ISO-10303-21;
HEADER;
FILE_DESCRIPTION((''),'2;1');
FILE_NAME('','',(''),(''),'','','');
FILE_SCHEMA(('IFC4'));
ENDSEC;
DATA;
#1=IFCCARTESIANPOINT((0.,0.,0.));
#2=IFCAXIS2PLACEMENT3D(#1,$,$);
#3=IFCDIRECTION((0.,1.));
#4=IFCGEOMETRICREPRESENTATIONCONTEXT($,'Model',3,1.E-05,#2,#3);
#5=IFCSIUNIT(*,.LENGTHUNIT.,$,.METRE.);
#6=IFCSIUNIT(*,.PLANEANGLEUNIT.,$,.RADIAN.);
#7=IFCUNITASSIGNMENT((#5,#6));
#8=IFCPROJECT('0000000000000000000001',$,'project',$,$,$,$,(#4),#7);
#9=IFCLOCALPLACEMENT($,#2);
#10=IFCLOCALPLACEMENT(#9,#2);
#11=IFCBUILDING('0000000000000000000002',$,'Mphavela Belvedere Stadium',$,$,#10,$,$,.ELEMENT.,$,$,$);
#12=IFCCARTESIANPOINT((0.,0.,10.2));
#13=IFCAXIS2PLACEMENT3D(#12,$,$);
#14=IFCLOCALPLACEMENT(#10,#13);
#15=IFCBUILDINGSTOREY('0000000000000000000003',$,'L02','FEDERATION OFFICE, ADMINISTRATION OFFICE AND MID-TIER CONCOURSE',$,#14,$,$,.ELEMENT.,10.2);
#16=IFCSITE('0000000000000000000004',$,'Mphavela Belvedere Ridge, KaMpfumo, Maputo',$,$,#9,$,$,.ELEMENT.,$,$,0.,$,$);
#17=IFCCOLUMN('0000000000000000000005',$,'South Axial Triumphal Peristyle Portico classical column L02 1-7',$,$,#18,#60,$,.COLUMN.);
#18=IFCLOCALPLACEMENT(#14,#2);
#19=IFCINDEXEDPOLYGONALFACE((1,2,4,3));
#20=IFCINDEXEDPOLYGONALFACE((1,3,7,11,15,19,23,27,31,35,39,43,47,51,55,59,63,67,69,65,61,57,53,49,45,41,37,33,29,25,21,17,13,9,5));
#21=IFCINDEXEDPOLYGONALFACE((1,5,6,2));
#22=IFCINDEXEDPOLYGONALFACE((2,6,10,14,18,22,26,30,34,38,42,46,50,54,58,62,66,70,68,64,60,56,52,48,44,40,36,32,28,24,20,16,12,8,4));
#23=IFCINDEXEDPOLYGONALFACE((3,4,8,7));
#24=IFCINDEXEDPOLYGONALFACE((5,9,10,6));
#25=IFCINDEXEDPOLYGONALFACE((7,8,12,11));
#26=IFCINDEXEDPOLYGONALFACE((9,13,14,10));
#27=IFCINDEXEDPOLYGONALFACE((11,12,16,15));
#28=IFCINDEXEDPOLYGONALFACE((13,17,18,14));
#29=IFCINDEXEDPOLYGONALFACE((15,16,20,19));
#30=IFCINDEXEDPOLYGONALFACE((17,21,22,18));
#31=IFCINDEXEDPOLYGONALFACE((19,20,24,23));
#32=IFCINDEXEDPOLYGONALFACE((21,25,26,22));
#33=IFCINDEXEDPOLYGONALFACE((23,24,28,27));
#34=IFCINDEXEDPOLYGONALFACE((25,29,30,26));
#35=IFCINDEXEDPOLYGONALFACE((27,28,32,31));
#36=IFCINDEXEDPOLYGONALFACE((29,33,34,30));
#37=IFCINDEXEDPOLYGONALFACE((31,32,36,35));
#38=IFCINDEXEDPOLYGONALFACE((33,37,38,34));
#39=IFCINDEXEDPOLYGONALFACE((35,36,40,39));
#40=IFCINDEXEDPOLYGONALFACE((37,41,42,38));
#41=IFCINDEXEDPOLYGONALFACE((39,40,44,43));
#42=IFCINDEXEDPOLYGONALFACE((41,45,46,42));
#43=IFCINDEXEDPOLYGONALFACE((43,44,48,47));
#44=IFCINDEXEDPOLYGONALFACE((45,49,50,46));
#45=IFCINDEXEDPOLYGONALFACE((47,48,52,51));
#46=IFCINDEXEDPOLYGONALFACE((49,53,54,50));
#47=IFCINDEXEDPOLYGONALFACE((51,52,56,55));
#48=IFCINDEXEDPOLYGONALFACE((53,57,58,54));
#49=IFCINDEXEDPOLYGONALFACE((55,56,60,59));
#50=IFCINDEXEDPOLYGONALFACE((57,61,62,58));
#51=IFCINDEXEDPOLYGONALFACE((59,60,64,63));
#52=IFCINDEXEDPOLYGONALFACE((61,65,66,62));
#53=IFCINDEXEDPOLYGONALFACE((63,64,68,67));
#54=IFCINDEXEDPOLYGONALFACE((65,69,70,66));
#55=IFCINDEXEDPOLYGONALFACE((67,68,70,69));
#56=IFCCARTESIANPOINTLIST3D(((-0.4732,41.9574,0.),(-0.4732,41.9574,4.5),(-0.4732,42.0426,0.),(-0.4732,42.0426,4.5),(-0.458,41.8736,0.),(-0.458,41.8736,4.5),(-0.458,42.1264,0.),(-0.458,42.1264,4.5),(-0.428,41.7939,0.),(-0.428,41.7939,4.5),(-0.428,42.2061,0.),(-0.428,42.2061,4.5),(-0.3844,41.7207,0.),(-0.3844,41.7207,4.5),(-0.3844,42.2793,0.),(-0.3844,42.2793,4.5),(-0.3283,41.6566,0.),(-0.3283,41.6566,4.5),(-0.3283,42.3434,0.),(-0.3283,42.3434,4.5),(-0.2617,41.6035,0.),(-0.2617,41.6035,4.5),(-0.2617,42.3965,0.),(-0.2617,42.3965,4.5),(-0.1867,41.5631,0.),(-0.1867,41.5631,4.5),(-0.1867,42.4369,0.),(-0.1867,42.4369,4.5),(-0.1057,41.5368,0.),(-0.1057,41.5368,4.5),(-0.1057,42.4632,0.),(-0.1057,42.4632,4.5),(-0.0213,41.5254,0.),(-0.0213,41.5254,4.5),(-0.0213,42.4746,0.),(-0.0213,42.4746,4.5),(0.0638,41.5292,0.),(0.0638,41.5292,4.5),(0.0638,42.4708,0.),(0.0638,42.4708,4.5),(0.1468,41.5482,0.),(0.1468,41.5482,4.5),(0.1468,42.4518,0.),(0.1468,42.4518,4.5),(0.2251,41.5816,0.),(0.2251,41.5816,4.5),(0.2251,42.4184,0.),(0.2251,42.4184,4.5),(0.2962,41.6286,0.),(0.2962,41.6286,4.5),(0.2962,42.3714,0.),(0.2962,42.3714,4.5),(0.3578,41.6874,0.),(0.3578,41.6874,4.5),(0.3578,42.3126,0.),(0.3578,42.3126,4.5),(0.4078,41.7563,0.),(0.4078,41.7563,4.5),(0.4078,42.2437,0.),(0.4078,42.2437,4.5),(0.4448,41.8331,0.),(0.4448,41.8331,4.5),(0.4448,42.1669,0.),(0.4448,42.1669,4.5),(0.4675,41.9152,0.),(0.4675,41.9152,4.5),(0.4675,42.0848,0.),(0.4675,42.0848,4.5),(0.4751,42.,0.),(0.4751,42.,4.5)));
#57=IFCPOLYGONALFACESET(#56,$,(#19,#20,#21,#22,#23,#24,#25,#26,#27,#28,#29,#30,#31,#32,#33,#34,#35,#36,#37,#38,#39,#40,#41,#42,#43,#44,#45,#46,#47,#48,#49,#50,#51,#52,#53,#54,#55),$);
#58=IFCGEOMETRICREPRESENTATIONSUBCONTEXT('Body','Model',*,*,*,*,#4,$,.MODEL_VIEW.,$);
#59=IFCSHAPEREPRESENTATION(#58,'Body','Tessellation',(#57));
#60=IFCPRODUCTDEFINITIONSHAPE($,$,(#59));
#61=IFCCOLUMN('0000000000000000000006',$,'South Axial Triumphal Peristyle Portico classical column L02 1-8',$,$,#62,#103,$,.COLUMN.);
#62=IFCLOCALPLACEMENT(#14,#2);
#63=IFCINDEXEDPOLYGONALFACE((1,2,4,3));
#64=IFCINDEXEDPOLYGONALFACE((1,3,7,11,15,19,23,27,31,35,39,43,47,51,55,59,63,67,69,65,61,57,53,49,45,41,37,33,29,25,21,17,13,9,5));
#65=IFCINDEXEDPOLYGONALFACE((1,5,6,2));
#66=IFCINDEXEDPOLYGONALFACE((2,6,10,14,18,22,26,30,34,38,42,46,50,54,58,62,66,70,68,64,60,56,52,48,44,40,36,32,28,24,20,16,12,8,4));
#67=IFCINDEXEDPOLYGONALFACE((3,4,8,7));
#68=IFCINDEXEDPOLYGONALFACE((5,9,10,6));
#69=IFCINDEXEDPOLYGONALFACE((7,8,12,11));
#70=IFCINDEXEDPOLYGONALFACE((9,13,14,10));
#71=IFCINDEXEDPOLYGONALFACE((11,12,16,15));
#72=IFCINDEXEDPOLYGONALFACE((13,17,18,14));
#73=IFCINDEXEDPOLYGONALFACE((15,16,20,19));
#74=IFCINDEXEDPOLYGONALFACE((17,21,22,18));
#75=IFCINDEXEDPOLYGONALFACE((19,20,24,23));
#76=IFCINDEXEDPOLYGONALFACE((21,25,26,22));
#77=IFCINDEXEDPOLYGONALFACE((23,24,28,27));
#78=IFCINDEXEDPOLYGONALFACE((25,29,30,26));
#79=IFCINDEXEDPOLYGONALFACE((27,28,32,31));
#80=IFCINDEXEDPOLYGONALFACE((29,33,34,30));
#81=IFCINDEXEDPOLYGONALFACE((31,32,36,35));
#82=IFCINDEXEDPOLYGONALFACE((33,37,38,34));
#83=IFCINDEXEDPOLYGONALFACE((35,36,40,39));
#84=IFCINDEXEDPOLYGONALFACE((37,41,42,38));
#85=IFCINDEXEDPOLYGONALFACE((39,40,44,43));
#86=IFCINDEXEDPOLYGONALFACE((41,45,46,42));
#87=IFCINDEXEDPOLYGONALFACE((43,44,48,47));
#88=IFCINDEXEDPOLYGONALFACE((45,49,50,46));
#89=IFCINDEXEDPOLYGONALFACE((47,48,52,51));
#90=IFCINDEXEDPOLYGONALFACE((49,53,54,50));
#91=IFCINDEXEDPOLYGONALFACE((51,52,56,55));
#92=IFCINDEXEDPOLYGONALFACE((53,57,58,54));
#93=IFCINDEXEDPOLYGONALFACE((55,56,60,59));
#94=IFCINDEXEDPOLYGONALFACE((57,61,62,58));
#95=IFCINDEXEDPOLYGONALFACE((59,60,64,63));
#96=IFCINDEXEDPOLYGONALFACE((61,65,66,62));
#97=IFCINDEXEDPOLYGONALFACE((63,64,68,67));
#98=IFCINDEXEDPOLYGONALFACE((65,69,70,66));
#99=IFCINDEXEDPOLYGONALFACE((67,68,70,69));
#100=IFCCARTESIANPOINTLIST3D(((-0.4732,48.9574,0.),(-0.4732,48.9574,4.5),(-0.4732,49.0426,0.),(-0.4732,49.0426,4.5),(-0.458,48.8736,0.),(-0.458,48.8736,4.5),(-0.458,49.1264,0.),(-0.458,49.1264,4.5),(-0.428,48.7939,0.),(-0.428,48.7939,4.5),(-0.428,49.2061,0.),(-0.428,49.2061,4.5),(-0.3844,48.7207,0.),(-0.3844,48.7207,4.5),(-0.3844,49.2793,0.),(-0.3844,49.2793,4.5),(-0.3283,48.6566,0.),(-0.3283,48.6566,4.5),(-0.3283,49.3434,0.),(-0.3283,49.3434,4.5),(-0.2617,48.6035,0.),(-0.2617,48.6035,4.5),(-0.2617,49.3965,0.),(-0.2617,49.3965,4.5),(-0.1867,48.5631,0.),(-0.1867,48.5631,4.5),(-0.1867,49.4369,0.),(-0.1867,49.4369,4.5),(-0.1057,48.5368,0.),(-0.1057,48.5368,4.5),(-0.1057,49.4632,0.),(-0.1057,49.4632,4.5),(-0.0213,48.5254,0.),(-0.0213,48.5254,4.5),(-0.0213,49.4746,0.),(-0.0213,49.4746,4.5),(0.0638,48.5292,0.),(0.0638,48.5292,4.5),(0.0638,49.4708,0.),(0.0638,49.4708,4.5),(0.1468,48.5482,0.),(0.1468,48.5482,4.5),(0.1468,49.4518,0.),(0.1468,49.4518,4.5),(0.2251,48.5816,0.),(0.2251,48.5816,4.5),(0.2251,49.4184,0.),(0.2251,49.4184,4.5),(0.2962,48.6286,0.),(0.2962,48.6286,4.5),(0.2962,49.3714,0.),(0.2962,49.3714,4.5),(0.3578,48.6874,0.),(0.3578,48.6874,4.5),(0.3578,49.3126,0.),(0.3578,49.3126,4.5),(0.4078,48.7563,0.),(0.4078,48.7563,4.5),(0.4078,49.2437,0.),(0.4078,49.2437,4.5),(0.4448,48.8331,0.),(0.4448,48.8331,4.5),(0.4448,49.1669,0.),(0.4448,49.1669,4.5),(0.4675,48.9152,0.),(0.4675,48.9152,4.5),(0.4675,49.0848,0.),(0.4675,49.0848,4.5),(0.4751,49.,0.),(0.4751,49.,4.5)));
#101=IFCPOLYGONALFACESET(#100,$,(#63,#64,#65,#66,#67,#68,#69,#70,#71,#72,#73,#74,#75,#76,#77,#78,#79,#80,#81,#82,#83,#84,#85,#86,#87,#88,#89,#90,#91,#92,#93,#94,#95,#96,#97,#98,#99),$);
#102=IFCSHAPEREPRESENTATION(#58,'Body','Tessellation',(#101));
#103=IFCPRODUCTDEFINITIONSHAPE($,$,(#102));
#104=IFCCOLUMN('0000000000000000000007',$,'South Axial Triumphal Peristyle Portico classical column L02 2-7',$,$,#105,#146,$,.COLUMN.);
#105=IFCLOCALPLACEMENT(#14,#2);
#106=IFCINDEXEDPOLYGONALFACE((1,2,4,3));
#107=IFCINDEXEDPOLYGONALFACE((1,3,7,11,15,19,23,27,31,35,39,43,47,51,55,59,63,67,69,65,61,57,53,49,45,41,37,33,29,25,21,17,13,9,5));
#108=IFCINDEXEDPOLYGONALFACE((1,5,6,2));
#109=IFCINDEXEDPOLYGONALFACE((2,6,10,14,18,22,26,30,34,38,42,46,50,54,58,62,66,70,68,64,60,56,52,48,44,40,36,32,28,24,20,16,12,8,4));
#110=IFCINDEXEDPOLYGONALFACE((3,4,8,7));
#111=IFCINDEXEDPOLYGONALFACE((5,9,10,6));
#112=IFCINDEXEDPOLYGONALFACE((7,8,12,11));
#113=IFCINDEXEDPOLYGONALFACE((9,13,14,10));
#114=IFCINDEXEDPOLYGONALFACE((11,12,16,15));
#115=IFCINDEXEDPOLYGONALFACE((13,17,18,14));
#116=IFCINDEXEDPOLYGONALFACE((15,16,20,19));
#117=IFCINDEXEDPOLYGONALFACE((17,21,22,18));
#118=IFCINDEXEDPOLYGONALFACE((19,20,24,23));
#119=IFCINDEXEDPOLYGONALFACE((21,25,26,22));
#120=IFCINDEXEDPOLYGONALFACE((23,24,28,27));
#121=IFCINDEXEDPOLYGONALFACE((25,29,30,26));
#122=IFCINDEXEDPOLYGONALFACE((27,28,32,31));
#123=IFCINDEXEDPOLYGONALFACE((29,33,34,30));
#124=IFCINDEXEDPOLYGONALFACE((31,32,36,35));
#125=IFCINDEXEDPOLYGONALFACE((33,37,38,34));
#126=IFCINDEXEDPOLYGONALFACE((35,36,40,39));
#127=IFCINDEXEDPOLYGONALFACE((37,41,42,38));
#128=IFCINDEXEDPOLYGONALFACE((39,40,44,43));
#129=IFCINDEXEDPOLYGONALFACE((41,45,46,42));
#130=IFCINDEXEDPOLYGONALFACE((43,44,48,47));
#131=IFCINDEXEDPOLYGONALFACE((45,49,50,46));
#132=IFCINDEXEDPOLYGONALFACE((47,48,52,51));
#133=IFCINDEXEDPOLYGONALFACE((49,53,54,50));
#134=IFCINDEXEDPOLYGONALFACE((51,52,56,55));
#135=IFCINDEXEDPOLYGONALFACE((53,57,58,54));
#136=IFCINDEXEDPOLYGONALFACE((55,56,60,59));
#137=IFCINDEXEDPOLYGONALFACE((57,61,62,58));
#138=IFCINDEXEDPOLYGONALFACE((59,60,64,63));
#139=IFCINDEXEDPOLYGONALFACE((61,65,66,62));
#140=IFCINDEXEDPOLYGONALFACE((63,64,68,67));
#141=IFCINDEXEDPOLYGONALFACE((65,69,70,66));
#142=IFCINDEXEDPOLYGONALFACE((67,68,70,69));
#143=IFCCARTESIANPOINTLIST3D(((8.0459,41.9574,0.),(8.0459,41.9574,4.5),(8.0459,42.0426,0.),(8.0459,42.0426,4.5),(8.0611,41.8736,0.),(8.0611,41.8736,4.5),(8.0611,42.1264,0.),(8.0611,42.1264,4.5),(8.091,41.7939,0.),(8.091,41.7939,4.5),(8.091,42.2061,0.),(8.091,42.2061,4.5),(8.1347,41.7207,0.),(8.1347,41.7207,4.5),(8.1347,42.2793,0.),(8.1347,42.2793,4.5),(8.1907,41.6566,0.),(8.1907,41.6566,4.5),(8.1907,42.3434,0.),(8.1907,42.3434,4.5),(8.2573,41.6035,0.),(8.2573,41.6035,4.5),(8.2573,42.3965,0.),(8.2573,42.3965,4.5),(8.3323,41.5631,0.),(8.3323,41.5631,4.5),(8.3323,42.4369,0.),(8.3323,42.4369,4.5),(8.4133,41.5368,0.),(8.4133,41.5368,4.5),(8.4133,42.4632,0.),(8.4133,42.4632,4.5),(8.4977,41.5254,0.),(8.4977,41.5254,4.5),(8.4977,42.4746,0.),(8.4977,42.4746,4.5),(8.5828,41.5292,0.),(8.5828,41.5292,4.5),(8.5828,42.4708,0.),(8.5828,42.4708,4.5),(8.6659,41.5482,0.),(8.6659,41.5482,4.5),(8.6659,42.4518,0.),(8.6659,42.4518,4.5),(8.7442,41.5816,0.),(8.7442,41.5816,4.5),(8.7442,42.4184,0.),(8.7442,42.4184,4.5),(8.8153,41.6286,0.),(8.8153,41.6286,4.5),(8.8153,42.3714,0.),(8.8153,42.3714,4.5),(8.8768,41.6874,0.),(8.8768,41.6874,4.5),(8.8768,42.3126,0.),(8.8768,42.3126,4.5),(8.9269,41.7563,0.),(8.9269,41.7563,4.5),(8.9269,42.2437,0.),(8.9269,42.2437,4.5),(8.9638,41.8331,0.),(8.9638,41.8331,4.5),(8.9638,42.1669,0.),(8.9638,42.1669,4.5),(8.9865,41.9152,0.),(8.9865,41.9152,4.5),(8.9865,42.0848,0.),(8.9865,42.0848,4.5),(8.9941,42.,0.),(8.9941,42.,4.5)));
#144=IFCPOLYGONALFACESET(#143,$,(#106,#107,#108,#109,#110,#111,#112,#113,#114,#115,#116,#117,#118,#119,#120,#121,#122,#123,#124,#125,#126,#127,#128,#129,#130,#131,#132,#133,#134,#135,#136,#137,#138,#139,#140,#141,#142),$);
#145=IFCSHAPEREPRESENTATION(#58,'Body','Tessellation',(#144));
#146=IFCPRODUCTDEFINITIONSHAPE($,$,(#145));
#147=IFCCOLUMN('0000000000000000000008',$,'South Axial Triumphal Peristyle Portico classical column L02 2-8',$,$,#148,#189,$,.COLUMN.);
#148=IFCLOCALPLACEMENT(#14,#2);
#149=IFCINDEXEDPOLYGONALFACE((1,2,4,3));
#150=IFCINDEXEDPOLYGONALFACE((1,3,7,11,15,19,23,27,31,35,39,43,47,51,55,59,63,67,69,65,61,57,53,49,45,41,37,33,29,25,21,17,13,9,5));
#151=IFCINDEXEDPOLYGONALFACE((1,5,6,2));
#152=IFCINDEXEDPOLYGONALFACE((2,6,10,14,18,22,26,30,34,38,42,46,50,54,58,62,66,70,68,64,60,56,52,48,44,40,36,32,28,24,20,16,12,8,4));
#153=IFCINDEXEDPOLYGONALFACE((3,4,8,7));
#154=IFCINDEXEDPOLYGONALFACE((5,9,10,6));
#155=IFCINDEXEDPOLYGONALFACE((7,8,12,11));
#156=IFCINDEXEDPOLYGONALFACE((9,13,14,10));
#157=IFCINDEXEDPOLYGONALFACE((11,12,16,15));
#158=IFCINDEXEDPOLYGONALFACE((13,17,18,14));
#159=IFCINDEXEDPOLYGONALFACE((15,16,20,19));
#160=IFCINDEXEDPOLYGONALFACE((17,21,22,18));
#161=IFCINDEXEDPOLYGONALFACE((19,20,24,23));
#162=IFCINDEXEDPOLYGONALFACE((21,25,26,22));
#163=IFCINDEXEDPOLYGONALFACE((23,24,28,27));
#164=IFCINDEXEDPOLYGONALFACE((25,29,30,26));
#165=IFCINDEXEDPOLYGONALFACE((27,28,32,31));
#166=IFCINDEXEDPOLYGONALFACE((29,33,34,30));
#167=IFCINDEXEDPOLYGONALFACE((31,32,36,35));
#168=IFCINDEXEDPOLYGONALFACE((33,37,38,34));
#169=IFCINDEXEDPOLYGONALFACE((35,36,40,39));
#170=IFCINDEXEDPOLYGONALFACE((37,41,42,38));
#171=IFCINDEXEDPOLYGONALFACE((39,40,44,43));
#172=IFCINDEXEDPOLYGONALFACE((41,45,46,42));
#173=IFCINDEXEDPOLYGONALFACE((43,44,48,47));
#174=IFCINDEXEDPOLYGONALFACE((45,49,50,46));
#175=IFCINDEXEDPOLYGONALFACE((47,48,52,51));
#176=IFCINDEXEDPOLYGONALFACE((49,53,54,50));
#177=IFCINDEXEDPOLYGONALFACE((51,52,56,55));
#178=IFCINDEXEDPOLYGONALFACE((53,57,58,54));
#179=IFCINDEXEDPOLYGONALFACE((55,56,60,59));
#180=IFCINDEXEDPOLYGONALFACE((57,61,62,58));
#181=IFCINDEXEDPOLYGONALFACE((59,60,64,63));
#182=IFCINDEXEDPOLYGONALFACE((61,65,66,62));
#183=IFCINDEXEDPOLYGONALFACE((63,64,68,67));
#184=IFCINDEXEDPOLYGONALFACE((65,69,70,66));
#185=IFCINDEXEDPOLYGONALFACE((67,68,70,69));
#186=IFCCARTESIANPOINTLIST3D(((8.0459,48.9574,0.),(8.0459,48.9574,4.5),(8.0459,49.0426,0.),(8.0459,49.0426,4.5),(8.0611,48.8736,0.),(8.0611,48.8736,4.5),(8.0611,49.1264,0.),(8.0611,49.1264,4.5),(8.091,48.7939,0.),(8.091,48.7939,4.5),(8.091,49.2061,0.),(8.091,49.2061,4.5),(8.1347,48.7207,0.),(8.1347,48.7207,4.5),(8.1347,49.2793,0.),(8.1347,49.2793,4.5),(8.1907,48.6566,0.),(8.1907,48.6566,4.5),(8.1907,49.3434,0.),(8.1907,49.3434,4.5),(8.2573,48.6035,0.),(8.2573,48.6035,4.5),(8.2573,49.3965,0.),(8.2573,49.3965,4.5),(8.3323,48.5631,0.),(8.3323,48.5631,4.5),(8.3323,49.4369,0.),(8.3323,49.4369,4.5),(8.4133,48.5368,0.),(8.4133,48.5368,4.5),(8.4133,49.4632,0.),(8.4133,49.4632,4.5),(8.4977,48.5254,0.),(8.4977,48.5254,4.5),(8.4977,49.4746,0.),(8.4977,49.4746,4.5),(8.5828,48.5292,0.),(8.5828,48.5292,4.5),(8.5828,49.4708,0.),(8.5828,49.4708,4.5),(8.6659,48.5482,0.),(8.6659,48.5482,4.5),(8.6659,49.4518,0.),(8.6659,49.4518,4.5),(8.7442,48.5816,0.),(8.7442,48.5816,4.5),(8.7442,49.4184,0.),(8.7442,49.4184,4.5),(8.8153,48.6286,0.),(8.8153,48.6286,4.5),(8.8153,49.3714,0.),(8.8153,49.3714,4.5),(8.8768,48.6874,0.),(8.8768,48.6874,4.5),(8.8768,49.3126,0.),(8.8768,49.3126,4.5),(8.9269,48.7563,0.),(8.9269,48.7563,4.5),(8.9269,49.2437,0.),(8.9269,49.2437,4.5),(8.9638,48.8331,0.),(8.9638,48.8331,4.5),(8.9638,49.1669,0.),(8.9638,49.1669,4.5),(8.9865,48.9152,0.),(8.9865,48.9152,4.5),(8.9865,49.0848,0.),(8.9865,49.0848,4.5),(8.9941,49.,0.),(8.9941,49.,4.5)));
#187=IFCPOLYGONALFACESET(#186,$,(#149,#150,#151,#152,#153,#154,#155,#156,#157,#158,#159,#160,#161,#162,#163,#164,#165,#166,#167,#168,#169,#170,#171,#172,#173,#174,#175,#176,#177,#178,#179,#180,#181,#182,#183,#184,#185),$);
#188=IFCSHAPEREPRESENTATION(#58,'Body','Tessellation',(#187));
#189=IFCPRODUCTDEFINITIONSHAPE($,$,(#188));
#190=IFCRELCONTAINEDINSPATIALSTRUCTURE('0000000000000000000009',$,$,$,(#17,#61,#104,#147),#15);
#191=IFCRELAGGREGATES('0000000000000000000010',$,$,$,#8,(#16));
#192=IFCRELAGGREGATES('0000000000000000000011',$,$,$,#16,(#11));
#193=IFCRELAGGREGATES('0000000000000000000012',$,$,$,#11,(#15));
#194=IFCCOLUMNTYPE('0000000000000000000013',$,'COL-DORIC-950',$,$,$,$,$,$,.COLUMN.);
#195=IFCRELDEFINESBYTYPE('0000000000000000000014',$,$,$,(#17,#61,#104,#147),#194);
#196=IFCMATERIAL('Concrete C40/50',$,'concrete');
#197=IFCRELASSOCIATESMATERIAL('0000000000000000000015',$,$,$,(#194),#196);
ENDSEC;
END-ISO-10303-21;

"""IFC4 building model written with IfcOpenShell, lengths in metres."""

from ifc_helpers import new_model, si_unit, direction, frame, origin, origin_2d, place, context, subcontext, project, spatial, circle, extrude, material, material_profile, profile_set, type_object, element, save


model = new_model("IFC4")

# Units and contexts
model_context = context("Model", 3, precision=1e-05, world=origin(), true_north=direction((0.0, 1.0)))
body_context = subcontext(model_context, "Body", "Model", "MODEL_VIEW")
ifc_project = project(units=[si_unit("LENGTHUNIT", "METRE"), si_unit("PLANEANGLEUNIT", "RADIAN")], contexts=[model_context])

# Site, building, storey
site_placement = place(None, origin())
site = spatial("IfcSite", under=ifc_project, at=site_placement, Name="Mphavela Belvedere Ridge, KaMpfumo, Maputo", CompositionType="ELEMENT", RefElevation=0.0)
building_placement = place(site_placement, origin())
building = spatial("IfcBuilding", under=site, at=building_placement, Name="Mphavela Belvedere Stadium", CompositionType="ELEMENT")
storey_placement = place(building_placement, frame((0.0, 0.0, 10.2)))
storey = spatial("IfcBuildingStorey", under=building, at=storey_placement, Name="L02", Description="FEDERATION OFFICE, ADMINISTRATION OFFICE AND MID-TIER CONCOURSE", CompositionType="ELEMENT", Elevation=10.2)

# Columns
ifc_material_1 = material(Name="Concrete C40/50", Category="concrete")
ifc_material_profile_1 = material_profile(ifc_material_1, circle(Radius=0.4751, at=origin_2d()), Name="COL D950")
ifc_profile_set_1 = profile_set([ifc_material_profile_1], Name="Concrete C40/50")
column_type_1 = type_object("IfcColumnType", Name="COL-DORIC-950", PredefinedType="COLUMN", material=ifc_profile_set_1)
for number, where, z_axis, x_axis, name in (
    (1, (0.0, 42.0, 0.0), (0.0, 0.0, 1.0), (1.0, 0.0, 0.0), "South Axial Triumphal Peristyle Portico classical column L02 1-7"),
    (2, (0.0, 49.0, 0.0), (0.0, 0.0, 1.0), (1.0, 0.0, 0.0), "South Axial Triumphal Peristyle Portico classical column L02 1-8"),
    (3, (8.519, 42.0, 0.0), (0.0, 0.0, 1.0), (1.0, 0.0, 0.0), "South Axial Triumphal Peristyle Portico classical column L02 2-7"),
    (4, (8.519, 49.0, 0.0), (0.0, 0.0, 1.0), (1.0, 0.0, 0.0), "South Axial Triumphal Peristyle Portico classical column L02 2-8"),
):
    element("IfcColumn", number, at=place(storey_placement, frame(where, z_axis=z_axis, x_axis=x_axis)), inside=storey, type_object=column_type_1, Name=name, PredefinedType="COLUMN", context=body_context, shape_type="SweptSolid", body=[
        extrude(circle(Radius=0.4751, at=origin_2d()), origin(), (0.0, 0.0, 1.0), 4.5),
    ])

save(model, "model.ifc")
